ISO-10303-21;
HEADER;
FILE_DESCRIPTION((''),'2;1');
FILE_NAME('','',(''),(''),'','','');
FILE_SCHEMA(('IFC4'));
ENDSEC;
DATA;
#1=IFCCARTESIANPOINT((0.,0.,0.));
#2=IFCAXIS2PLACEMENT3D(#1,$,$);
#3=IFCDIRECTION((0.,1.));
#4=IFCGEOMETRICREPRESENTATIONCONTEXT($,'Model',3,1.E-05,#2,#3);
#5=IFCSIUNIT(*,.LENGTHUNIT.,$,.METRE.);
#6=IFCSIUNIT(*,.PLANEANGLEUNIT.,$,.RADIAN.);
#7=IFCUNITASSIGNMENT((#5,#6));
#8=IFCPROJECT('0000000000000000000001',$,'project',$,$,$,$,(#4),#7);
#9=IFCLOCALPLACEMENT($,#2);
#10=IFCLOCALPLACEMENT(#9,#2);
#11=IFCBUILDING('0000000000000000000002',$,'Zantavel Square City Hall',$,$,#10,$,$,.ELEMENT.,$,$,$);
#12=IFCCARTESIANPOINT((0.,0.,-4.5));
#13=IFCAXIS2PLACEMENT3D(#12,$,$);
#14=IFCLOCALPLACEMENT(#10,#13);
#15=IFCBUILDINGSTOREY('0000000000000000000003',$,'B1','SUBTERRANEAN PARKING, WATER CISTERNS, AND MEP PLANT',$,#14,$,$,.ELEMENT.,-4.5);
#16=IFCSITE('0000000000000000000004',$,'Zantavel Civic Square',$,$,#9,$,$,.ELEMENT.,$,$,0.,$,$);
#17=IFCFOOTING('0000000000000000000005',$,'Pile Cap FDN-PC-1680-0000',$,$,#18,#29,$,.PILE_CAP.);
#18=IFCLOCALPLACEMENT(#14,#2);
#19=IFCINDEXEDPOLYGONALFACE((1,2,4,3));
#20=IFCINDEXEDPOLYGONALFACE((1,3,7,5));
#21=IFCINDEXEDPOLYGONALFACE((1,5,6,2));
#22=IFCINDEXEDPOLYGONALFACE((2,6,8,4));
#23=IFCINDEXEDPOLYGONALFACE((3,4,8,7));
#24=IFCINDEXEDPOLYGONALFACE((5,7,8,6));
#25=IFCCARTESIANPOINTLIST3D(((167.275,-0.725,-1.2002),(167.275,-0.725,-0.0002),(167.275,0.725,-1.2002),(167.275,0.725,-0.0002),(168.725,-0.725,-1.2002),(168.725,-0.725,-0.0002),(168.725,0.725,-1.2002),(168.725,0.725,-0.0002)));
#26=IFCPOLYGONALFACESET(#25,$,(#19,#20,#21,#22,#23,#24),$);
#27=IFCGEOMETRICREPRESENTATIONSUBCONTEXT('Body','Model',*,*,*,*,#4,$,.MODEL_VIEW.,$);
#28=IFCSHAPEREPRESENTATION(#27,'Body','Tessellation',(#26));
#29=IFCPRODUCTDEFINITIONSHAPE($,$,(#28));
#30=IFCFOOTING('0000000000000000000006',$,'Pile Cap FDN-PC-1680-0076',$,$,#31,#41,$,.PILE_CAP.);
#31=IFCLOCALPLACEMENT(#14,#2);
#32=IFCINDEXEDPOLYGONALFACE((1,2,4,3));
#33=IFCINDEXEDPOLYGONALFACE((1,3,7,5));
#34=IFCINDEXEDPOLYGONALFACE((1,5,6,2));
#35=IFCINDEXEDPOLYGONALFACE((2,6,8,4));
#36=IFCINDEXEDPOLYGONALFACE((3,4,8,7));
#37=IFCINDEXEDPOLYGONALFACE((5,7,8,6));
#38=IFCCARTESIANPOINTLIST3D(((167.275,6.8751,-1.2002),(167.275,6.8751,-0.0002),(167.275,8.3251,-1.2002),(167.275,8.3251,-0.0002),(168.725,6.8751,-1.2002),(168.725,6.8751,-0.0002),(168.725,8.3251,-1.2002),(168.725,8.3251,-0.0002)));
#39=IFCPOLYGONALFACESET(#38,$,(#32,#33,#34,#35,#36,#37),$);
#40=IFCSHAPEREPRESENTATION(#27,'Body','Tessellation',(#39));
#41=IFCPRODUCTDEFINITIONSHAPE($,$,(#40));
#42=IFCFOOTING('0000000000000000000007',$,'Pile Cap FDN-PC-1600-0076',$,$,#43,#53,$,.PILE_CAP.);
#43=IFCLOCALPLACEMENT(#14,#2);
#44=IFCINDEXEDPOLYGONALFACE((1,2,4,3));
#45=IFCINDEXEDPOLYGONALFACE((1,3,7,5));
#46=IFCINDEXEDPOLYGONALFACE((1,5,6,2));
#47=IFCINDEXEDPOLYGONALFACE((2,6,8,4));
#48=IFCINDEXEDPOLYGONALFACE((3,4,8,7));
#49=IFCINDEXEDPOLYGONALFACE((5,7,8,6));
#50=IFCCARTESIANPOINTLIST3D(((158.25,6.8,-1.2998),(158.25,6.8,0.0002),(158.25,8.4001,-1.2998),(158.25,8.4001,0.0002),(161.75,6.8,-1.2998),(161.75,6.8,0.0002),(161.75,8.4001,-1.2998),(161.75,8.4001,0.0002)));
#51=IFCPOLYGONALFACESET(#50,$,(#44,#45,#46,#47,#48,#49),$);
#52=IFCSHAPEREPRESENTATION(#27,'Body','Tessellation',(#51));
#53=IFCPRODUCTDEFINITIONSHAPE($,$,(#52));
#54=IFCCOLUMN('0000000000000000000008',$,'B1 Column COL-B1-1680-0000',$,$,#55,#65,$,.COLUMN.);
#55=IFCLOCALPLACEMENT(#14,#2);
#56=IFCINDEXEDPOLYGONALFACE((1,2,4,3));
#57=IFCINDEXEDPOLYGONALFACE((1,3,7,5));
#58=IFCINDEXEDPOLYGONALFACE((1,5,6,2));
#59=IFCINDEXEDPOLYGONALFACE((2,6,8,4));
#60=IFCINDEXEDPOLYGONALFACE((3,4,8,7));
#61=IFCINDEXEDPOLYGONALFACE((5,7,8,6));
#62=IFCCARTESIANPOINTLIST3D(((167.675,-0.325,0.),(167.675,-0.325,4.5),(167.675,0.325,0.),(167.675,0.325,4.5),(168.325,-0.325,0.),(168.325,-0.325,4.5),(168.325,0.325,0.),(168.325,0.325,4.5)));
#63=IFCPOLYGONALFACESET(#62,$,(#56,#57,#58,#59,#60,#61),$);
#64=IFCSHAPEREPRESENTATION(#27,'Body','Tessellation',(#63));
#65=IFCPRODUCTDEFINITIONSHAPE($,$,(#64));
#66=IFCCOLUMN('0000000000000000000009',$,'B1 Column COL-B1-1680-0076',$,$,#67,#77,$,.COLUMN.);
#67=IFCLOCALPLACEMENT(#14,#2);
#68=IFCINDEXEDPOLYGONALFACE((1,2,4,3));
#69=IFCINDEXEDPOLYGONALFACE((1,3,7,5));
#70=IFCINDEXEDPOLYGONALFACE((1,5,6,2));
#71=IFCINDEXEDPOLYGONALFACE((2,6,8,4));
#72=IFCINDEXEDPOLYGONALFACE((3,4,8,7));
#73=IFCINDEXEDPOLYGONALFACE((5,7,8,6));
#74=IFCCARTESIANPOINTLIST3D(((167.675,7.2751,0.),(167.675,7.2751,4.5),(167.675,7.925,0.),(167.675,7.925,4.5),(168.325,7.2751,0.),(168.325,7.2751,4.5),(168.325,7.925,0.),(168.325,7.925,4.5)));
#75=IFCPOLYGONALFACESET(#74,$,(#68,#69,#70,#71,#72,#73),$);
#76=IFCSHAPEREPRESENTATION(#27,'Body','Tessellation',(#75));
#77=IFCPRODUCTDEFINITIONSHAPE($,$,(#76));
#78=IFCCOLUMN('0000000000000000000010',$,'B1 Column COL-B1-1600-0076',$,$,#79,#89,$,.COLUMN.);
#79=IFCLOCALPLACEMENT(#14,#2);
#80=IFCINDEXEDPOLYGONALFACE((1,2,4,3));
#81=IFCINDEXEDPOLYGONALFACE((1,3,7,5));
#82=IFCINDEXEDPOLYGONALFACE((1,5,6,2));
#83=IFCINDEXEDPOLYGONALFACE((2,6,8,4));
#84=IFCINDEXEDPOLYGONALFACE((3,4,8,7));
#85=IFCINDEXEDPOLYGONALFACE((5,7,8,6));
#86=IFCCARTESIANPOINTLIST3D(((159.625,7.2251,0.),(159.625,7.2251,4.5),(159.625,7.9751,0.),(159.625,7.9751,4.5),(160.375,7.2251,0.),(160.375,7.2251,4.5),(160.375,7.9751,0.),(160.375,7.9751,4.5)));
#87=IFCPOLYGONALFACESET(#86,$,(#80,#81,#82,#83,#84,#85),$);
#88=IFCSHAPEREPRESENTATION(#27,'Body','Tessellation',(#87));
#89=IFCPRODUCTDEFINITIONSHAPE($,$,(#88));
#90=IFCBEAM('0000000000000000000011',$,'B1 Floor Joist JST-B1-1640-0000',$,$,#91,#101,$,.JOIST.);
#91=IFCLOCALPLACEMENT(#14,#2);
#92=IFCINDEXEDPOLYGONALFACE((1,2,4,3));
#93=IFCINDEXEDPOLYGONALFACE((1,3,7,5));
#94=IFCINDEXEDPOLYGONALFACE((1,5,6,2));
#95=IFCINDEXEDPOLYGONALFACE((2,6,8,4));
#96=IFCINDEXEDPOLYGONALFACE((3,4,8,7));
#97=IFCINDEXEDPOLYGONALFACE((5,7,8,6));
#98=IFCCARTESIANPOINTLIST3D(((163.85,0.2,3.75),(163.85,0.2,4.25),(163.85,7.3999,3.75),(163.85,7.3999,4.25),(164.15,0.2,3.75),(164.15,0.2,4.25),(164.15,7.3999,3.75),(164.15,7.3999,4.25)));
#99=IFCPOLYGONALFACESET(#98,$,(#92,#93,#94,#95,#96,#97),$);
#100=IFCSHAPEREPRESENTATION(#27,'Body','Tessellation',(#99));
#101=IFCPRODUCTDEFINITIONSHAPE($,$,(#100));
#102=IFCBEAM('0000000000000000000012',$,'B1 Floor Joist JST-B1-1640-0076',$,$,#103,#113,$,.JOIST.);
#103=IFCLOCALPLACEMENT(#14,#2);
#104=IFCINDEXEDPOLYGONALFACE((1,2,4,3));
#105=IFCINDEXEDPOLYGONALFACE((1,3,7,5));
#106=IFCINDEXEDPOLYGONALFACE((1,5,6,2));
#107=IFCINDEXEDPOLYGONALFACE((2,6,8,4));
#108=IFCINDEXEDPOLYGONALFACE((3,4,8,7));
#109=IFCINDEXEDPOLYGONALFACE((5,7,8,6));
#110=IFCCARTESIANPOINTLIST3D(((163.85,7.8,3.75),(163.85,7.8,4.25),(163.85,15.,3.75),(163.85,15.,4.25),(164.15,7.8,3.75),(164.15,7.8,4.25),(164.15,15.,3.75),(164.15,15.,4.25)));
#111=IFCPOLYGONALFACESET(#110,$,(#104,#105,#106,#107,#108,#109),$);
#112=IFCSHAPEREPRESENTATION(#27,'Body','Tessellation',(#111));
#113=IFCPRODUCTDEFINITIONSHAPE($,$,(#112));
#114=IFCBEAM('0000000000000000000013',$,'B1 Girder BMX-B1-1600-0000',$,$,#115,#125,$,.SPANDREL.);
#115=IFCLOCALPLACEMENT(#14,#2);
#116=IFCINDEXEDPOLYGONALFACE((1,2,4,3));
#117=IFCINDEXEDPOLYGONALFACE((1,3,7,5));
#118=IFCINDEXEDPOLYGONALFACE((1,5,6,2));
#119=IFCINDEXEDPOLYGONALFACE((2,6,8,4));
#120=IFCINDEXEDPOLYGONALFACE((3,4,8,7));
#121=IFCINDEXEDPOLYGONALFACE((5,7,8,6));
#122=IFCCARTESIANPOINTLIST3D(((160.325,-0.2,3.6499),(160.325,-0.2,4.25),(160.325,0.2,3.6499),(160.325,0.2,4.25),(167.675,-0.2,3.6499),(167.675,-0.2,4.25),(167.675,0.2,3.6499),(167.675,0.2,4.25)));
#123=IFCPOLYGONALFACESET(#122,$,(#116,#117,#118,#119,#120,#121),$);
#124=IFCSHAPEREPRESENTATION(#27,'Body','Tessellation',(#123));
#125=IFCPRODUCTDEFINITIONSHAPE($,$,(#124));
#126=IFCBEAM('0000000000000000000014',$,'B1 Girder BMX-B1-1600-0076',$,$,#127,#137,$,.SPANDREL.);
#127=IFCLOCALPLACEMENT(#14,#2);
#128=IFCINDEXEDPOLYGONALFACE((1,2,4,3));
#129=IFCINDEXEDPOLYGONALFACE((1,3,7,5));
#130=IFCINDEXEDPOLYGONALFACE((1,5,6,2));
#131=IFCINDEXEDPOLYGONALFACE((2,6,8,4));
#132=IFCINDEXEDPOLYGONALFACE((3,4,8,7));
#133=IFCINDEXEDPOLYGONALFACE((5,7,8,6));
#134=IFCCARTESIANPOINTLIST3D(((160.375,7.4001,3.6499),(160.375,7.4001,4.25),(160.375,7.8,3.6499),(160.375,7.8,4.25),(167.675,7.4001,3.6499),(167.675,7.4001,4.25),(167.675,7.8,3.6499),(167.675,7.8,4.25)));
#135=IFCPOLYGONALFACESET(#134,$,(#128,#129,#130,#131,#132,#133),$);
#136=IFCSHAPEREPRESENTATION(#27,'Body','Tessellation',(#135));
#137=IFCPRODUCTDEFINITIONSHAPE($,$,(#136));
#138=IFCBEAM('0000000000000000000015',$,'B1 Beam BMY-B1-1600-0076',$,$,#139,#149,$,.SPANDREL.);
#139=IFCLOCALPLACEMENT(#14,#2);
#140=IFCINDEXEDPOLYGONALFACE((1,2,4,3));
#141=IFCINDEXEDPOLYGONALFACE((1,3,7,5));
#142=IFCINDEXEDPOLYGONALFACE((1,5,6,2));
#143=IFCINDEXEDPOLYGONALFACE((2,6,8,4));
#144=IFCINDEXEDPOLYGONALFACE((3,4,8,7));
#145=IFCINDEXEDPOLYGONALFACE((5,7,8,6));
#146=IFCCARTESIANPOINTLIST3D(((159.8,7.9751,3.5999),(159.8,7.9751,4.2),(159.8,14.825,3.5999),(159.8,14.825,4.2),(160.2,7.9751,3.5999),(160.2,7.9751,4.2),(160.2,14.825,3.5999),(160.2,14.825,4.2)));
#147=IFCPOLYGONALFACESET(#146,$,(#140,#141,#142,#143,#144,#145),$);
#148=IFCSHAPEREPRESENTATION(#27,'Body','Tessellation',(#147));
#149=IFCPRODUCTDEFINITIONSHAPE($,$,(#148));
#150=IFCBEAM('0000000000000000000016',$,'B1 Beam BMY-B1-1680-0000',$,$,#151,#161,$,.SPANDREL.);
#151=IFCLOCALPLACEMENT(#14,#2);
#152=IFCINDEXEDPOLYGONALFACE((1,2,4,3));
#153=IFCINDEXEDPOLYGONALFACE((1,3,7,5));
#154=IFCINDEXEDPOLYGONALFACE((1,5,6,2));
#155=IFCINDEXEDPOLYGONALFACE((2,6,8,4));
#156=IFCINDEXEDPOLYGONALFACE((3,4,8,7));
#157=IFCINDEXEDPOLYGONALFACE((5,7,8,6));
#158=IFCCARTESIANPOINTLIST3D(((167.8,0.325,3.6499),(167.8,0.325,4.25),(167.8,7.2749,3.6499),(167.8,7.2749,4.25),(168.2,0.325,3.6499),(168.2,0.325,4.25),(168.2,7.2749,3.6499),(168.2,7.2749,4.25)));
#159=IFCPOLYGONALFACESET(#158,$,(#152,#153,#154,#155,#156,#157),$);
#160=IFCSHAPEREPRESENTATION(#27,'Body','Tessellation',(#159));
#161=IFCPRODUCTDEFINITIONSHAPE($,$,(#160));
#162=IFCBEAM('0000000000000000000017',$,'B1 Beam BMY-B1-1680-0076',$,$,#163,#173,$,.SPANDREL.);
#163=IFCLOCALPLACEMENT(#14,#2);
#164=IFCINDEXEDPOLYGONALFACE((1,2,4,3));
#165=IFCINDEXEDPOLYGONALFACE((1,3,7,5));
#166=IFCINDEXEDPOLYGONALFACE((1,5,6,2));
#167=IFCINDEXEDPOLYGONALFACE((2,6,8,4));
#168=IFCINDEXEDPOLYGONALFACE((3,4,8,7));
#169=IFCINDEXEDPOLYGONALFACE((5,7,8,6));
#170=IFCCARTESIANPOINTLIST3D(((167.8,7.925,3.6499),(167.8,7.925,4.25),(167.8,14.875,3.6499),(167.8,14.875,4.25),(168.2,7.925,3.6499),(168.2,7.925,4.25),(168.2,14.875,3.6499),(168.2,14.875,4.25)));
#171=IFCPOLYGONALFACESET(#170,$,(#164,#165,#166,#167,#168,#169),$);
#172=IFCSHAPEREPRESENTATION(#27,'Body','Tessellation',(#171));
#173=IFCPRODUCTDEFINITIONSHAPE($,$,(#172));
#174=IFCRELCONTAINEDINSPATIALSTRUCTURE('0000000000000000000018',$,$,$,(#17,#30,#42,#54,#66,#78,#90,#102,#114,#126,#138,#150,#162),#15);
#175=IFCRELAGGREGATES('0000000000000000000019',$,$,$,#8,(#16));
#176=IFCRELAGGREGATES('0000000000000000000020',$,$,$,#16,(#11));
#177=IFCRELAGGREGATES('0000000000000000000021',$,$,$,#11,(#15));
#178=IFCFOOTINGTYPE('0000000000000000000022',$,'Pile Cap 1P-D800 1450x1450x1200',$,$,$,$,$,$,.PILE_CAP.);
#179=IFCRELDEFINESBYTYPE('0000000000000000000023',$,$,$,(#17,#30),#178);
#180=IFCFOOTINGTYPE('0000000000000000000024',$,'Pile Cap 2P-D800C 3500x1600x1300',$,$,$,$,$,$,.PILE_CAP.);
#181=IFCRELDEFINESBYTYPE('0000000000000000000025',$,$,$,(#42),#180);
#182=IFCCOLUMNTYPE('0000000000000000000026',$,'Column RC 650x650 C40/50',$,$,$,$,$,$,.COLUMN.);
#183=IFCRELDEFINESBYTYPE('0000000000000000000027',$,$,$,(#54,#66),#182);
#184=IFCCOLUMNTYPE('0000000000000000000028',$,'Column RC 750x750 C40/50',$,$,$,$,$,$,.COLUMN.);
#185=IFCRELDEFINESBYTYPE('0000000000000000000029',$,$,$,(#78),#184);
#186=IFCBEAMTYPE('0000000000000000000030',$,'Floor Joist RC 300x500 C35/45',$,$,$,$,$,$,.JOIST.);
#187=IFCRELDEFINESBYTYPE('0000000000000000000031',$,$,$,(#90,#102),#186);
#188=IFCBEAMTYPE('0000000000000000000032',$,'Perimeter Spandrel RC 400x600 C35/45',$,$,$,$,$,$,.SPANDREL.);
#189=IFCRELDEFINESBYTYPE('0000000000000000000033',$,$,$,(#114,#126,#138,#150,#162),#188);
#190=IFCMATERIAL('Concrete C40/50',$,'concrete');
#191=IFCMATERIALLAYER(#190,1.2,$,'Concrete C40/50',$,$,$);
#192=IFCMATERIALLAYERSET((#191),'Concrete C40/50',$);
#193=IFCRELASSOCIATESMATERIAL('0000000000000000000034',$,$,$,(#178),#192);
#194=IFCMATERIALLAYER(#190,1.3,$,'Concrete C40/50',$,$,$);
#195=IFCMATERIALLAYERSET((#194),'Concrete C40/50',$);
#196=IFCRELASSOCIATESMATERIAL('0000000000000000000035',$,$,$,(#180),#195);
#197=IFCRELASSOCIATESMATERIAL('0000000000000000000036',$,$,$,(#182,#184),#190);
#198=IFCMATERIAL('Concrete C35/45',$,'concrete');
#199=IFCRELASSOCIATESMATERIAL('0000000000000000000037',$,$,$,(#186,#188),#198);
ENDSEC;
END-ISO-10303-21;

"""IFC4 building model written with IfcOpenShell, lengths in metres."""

from ifc_helpers import new_model, si_unit, direction, frame, origin, origin_2d, place, context, subcontext, project, spatial, rectangle, extrude, material, layer, layer_set, material_profile, profile_set, type_object, element, save


model = new_model("IFC4")

# Units and contexts
model_context = context("Model", 3, precision=1e-05, world=origin(), true_north=direction((0.0, 1.0)))
body_context = subcontext(model_context, "Body", "Model", "MODEL_VIEW")
ifc_project = project(units=[si_unit("LENGTHUNIT", "METRE"), si_unit("PLANEANGLEUNIT", "RADIAN")], contexts=[model_context])

# Site, building, storey
site_placement = place(None, origin())
site = spatial("IfcSite", under=ifc_project, at=site_placement, Name="Zantavel Civic Square", CompositionType="ELEMENT", RefElevation=0.0)
building_placement = place(site_placement, origin())
building = spatial("IfcBuilding", under=site, at=building_placement, Name="Zantavel Square City Hall", CompositionType="ELEMENT")
storey_placement = place(building_placement, frame((0.0, 0.0, -4.5)))
storey = spatial("IfcBuildingStorey", under=building, at=storey_placement, Name="B1", Description="SUBTERRANEAN PARKING, WATER CISTERNS, AND MEP PLANT", CompositionType="ELEMENT", Elevation=-4.5)

# Shared definitions
ifc_material_1 = material(Name="Concrete C35/45", Category="concrete")

# Footings
ifc_material_2 = material(Name="Concrete C40/50", Category="concrete")
ifc_layer_1 = layer(ifc_material_2, 1.2, Name="Concrete C40/50")
ifc_layer_set_1 = layer_set([ifc_layer_1], Name="Concrete C40/50")
footing_type_1 = type_object("IfcFootingType", Name="Pile Cap 1P-D800 1450x1450x1200", PredefinedType="PILE_CAP", material=ifc_layer_set_1)
for number, where, z_axis, x_axis, name in (
    (1, (168.0, 0.0, -1.2002), (0.0, 0.0, 1.0), (1.0, 0.0, 0.0), "Pile Cap FDN-PC-1680-0000"),
    (2, (168.0, 7.6001, -1.2002), (0.0, 0.0, 1.0), (1.0, 0.0, 0.0), "Pile Cap FDN-PC-1680-0076"),
):
    element("IfcFooting", number, at=place(storey_placement, frame(where, z_axis=z_axis, x_axis=x_axis)), inside=storey, type_object=footing_type_1, Name=name, PredefinedType="PILE_CAP", context=body_context, shape_type="SweptSolid", body=[
        extrude(rectangle(XDim=1.45, YDim=1.45, at=origin_2d()), origin(), (0.0, 0.0, 1.0), 1.2),
    ])
ifc_layer_2 = layer(ifc_material_2, 1.3, Name="Concrete C40/50")
ifc_layer_set_2 = layer_set([ifc_layer_2], Name="Concrete C40/50")
footing_type_2 = type_object("IfcFootingType", Name="Pile Cap 2P-D800C 3500x1600x1300", PredefinedType="PILE_CAP", material=ifc_layer_set_2)
footing_1_placement = place(storey_placement, frame((160.0, 7.6001, -1.2998), z_axis=(0.0, 0.0, 1.0), x_axis=(1.0, 0.0, 0.0)))
element("IfcFooting", 3, at=footing_1_placement, inside=storey, type_object=footing_type_2, Name="Pile Cap FDN-PC-1600-0076", PredefinedType="PILE_CAP", context=body_context, shape_type="SweptSolid", body=[
    extrude(rectangle(XDim=3.5, YDim=1.6001, at=origin_2d()), origin(), (0.0, 0.0, 1.0), 1.3),
])

# Columns
ifc_material_profile_1 = material_profile(ifc_material_2, rectangle(XDim=0.6499, YDim=0.6499, at=origin_2d()), Name="RC 650x650")
ifc_profile_set_1 = profile_set([ifc_material_profile_1], Name="Concrete C40/50")
column_type_1 = type_object("IfcColumnType", Name="Column RC 650x650 C40/50", PredefinedType="COLUMN", material=ifc_profile_set_1)
for number, where, z_axis, x_axis, name in (
    (4, (168.0, 0.0, 0.0), (0.0, 0.0, 1.0), (1.0, 0.0, 0.0), "B1 Column COL-B1-1680-0000"),
    (5, (168.0, 7.6001, 0.0), (0.0, 0.0, 1.0), (1.0, 0.0, 0.0), "B1 Column COL-B1-1680-0076"),
):
    element("IfcColumn", number, at=place(storey_placement, frame(where, z_axis=z_axis, x_axis=x_axis)), inside=storey, type_object=column_type_1, Name=name, PredefinedType="COLUMN", context=body_context, shape_type="SweptSolid", body=[
        extrude(rectangle(XDim=0.6499, YDim=0.6499, at=origin_2d()), origin(), (0.0, 0.0, 1.0), 4.5),
    ])
ifc_material_profile_2 = material_profile(ifc_material_2, rectangle(XDim=0.75, YDim=0.75, at=origin_2d()), Name="RC 750x750")
ifc_profile_set_2 = profile_set([ifc_material_profile_2], Name="Concrete C40/50")
column_type_2 = type_object("IfcColumnType", Name="Column RC 750x750 C40/50", PredefinedType="COLUMN", material=ifc_profile_set_2)
column_placement = place(storey_placement, frame((160.0, 7.6001, 0.0), z_axis=(0.0, 0.0, 1.0), x_axis=(1.0, 0.0, 0.0)))
element("IfcColumn", 6, at=column_placement, inside=storey, type_object=column_type_2, Name="B1 Column COL-B1-1600-0076", PredefinedType="COLUMN", context=body_context, shape_type="SweptSolid", body=[
    extrude(rectangle(XDim=0.75, YDim=0.75, at=origin_2d()), origin(), (0.0, 0.0, 1.0), 4.5),
])

# Beams
ifc_material_profile_3 = material_profile(ifc_material_1, rectangle(XDim=0.3, YDim=0.5, at=origin_2d()), Name="RC 300x500")
ifc_profile_set_3 = profile_set([ifc_material_profile_3], Name="Concrete C35/45")
beam_type_1 = type_object("IfcBeamType", Name="Floor Joist RC 300x500 C35/45", PredefinedType="JOIST", material=ifc_profile_set_3)
for number, where, z_axis, x_axis, name in (
    (7, (164.0, 0.2, 4.0), (0.0, 1.0, 0.0), (-1.0, 0.0, 0.0), "B1 Floor Joist JST-B1-1640-0000"),
    (8, (164.0, 7.8, 4.0), (0.0, 1.0, 0.0), (-1.0, 0.0, 0.0), "B1 Floor Joist JST-B1-1640-0076"),
):
    element("IfcBeam", number, at=place(storey_placement, frame(where, z_axis=z_axis, x_axis=x_axis)), inside=storey, type_object=beam_type_1, Name=name, PredefinedType="JOIST", context=body_context, shape_type="SweptSolid", body=[
        extrude(rectangle(XDim=0.3, YDim=0.5, at=origin_2d()), origin(), (0.0, 0.0, 1.0), 7.2),
    ])
ifc_material_profile_4 = material_profile(ifc_material_1, rectangle(XDim=0.3999, YDim=0.6001, at=origin_2d()), Name="RC 400x600")
ifc_profile_set_4 = profile_set([ifc_material_profile_4], Name="Concrete C35/45")
beam_type_2 = type_object("IfcBeamType", Name="Perimeter Spandrel RC 400x600 C35/45", PredefinedType="SPANDREL", material=ifc_profile_set_4)
beam_1_placement = place(storey_placement, frame((160.325, 0.0, 3.95), z_axis=(1.0, 0.0, 0.0), x_axis=(0.0, 1.0, 0.0)))
element("IfcBeam", 9, at=beam_1_placement, inside=storey, type_object=beam_type_2, Name="B1 Girder BMX-B1-1600-0000", PredefinedType="SPANDREL", context=body_context, shape_type="SweptSolid", body=[
    extrude(rectangle(XDim=0.3999, YDim=0.6001, at=origin_2d()), origin(), (0.0, 0.0, 1.0), 7.3501),
])
beam_2_placement = place(storey_placement, frame((160.375, 7.6001, 3.95), z_axis=(1.0, 0.0, 0.0), x_axis=(0.0, 1.0, 0.0)))
element("IfcBeam", 10, at=beam_2_placement, inside=storey, type_object=beam_type_2, Name="B1 Girder BMX-B1-1600-0076", PredefinedType="SPANDREL", context=body_context, shape_type="SweptSolid", body=[
    extrude(rectangle(XDim=0.3999, YDim=0.6001, at=origin_2d()), origin(), (0.0, 0.0, 1.0), 7.3),
])
beam_3_placement = place(storey_placement, frame((160.0, 7.9751, 3.8999), z_axis=(0.0, 1.0, 0.0), x_axis=(-1.0, 0.0, 0.0)))
element("IfcBeam", 11, at=beam_3_placement, inside=storey, type_object=beam_type_2, Name="B1 Beam BMY-B1-1600-0076", PredefinedType="SPANDREL", context=body_context, shape_type="SweptSolid", body=[
    extrude(rectangle(XDim=0.3999, YDim=0.6001, at=origin_2d()), origin(), (0.0, 0.0, 1.0), 6.8499),
])
for number, where, z_axis, x_axis, name in (
    (12, (168.0, 0.325, 3.95), (0.0, 1.0, 0.0), (-1.0, 0.0, 0.0), "B1 Beam BMY-B1-1680-0000"),
    (13, (168.0, 7.925, 3.95), (0.0, 1.0, 0.0), (-1.0, 0.0, 0.0), "B1 Beam BMY-B1-1680-0076"),
):
    element("IfcBeam", number, at=place(storey_placement, frame(where, z_axis=z_axis, x_axis=x_axis)), inside=storey, type_object=beam_type_2, Name=name, PredefinedType="SPANDREL", context=body_context, shape_type="SweptSolid", body=[
        extrude(rectangle(XDim=0.3999, YDim=0.6001, at=origin_2d()), origin(), (0.0, 0.0, 1.0), 6.95),
    ])

save(model, "model.ifc")
